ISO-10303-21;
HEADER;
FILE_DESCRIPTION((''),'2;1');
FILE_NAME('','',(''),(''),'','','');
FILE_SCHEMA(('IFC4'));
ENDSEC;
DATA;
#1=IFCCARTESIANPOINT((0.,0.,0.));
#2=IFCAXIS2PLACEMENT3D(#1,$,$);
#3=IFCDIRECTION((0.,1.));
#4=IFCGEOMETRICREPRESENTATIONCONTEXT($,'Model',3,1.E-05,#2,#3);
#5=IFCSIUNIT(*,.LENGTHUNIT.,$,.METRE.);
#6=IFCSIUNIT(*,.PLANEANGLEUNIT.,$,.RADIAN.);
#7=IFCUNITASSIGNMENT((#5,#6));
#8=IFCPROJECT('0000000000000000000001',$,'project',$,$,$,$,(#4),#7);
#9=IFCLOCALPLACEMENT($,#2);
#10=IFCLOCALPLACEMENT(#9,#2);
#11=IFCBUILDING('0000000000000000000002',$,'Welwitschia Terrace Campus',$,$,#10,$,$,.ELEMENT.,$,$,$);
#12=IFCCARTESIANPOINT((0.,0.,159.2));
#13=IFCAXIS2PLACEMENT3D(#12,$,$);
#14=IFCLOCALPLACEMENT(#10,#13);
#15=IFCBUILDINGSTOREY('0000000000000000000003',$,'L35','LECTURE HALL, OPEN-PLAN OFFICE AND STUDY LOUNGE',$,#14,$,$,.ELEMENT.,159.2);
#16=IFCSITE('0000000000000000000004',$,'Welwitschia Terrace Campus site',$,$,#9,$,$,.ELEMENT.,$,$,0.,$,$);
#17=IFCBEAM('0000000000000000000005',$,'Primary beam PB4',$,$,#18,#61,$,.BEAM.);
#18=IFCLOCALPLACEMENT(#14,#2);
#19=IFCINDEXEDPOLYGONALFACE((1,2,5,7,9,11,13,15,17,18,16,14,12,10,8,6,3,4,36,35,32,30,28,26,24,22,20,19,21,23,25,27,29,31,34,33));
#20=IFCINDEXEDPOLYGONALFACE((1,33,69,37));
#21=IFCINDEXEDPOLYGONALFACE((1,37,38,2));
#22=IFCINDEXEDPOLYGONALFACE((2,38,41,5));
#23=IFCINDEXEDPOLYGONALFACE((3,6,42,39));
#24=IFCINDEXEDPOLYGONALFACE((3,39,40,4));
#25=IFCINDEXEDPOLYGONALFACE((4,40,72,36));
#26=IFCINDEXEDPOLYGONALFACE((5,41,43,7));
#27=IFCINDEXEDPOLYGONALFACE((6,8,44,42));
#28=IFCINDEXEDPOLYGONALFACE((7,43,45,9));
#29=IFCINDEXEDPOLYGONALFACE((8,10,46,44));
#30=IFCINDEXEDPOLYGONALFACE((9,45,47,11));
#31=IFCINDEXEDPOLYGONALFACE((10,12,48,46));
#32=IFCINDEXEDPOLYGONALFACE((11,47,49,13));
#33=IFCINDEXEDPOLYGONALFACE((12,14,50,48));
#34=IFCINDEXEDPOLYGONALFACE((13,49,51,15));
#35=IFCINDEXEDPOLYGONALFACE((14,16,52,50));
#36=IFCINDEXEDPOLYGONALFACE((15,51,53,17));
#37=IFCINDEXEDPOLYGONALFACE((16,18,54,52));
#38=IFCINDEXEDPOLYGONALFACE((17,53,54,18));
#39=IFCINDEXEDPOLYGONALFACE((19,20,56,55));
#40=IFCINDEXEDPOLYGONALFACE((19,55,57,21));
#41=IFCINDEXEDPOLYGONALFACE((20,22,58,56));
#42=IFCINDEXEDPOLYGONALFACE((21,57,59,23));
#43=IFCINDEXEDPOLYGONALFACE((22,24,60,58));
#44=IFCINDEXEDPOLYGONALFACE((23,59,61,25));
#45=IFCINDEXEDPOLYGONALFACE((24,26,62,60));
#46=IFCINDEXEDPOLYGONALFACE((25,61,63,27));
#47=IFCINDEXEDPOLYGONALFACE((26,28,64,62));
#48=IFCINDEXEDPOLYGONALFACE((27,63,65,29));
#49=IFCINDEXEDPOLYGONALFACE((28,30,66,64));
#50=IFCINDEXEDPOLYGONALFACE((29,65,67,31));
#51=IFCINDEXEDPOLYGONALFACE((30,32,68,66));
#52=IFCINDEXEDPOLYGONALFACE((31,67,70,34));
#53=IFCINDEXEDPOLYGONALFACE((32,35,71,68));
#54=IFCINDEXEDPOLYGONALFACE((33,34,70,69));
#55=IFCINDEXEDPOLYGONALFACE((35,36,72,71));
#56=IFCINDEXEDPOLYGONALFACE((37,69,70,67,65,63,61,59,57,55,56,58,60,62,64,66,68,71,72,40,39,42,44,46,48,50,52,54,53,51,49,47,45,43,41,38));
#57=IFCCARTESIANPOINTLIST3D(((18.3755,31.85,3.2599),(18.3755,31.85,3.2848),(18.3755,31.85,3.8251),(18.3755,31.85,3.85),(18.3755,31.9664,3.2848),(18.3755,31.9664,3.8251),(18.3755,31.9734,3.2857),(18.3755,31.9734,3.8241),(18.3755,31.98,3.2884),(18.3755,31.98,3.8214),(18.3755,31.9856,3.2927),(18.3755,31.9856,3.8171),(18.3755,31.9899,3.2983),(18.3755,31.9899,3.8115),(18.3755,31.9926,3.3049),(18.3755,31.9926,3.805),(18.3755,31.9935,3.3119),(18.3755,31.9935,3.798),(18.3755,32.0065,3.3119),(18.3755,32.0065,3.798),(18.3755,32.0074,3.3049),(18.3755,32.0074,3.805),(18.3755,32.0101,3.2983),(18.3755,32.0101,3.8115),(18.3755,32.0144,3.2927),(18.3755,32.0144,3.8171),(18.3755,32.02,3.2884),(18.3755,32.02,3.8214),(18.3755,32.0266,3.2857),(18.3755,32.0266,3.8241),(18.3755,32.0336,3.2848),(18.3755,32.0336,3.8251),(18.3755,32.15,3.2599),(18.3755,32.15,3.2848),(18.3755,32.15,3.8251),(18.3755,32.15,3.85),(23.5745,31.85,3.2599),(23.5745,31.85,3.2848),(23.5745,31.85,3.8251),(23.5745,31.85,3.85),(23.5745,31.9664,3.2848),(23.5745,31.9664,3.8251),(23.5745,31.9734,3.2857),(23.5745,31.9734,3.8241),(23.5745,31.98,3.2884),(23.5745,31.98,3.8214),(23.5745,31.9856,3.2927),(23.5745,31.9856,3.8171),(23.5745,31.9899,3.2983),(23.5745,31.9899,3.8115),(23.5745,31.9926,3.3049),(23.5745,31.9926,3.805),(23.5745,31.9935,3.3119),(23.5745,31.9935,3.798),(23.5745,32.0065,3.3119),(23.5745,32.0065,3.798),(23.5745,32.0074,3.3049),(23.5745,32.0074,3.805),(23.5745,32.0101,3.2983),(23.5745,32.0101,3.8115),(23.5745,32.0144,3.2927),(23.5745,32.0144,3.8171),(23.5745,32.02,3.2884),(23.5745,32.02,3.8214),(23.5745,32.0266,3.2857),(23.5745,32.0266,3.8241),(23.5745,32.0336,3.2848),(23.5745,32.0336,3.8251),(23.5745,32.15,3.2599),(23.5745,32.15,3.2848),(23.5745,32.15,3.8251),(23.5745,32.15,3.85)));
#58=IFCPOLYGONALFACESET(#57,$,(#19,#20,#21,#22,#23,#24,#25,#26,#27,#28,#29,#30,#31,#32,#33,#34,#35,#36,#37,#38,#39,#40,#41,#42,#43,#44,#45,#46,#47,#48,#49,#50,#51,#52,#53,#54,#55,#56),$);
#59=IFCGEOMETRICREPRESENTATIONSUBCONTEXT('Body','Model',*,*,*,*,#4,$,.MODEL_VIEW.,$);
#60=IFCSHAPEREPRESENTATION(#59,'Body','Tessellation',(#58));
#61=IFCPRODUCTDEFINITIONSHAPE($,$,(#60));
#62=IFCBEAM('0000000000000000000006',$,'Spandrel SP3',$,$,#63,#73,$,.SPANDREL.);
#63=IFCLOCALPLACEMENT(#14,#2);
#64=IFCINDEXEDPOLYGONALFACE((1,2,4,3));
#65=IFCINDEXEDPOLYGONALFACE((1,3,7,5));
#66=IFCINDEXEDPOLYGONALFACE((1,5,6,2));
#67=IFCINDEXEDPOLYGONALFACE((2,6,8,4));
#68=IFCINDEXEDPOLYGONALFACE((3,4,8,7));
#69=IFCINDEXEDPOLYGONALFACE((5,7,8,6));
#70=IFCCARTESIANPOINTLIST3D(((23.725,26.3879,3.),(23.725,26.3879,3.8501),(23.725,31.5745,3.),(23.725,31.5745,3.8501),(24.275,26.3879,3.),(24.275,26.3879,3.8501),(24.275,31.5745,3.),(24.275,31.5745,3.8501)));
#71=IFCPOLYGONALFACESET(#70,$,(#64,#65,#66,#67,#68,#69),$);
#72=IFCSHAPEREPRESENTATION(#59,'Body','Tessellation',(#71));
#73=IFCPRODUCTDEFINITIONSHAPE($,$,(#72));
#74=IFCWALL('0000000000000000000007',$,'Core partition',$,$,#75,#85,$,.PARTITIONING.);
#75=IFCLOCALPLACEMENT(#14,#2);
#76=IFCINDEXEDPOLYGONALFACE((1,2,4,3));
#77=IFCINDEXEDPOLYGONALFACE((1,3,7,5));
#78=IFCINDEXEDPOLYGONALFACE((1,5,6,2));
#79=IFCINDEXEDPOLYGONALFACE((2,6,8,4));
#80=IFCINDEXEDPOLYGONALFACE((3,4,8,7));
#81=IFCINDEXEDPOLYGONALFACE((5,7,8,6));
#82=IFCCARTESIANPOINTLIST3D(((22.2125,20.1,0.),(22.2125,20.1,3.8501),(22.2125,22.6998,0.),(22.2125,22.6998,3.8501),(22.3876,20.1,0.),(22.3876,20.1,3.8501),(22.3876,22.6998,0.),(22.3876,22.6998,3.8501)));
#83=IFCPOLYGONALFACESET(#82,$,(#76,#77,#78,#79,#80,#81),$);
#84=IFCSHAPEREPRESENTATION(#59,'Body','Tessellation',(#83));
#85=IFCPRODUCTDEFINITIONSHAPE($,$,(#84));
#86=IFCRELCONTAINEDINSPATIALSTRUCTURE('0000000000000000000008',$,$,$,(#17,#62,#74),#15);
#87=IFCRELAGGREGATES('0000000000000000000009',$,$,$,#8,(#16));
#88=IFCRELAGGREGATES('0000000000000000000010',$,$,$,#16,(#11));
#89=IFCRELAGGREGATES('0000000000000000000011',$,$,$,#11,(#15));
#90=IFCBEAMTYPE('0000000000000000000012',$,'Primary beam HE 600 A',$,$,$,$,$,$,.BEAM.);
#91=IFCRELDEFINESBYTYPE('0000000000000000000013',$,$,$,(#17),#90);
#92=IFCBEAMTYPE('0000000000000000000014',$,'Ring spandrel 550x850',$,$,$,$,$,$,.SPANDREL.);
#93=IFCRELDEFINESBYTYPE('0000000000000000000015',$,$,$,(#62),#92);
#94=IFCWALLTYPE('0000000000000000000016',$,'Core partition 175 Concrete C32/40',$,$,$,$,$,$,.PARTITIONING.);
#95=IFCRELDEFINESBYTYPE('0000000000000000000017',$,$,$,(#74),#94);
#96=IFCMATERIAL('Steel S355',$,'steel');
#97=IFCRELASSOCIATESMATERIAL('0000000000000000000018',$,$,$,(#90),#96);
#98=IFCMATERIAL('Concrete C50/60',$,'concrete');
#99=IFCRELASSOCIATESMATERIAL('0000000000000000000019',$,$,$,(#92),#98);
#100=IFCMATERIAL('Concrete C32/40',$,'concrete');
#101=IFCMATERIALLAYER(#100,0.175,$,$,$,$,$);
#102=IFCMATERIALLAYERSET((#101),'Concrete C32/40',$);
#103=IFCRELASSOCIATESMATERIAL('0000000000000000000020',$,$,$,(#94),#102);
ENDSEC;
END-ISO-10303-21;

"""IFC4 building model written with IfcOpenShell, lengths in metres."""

from ifc_helpers import new_model, si_unit, direction, frame, frame_2d, origin, origin_2d, place, context, subcontext, project, spatial, rectangle, i_section, extrude, material, layer, layer_set, material_profile, profile_set, type_object, element, save


model = new_model("IFC4")

# Units and contexts
model_context = context("Model", 3, precision=1e-05, world=origin(), true_north=direction((0.0, 1.0)))
body_context = subcontext(model_context, "Body", "Model", "MODEL_VIEW")
ifc_project = project(units=[si_unit("LENGTHUNIT", "METRE"), si_unit("PLANEANGLEUNIT", "RADIAN")], contexts=[model_context])

# Site, building, storey
site_placement = place(None, origin())
site = spatial("IfcSite", under=ifc_project, at=site_placement, Name="Welwitschia Terrace Campus site", CompositionType="ELEMENT", RefElevation=0.0)
building_placement = place(site_placement, origin())
building = spatial("IfcBuilding", under=site, at=building_placement, Name="Welwitschia Terrace Campus", CompositionType="ELEMENT")
storey_placement = place(building_placement, frame((0.0, 0.0, 159.2)))
storey = spatial("IfcBuildingStorey", under=building, at=storey_placement, Name="L35", Description="LECTURE HALL, OPEN-PLAN OFFICE AND STUDY LOUNGE", CompositionType="ELEMENT", Elevation=159.2)

# Beams
ifc_material_1 = material(Name="Steel S355", Category="steel")
ifc_material_profile_1 = material_profile(ifc_material_1, i_section(OverallWidth=0.3, OverallDepth=0.5901, WebThickness=0.0129, FlangeThickness=0.0249, FilletRadius=0.0271, at=origin_2d()))
ifc_profile_set_1 = profile_set([ifc_material_profile_1], Name="Steel S355")
beam_type_1 = type_object("IfcBeamType", Name="Primary beam HE 600 A", PredefinedType="BEAM", material=ifc_profile_set_1)
beam_1_placement = place(storey_placement, frame((23.5745, 32.0, 3.5549), z_axis=(-1.0, 0.0, 0.0), x_axis=(0.0, -1.0, 0.0)))
element("IfcBeam", 1, at=beam_1_placement, inside=storey, type_object=beam_type_1, Name="Primary beam PB4", PredefinedType="BEAM", context=body_context, shape_type="SweptSolid", body=[
    extrude(i_section(OverallWidth=0.3, OverallDepth=0.5901, WebThickness=0.0129, FlangeThickness=0.0249, FilletRadius=0.0271, at=origin_2d()), origin(), (0.0, 0.0, 1.0), 5.199),
])
ifc_material_2 = material(Name="Concrete C50/60", Category="concrete")
ifc_material_profile_2 = material_profile(ifc_material_2, rectangle(XDim=0.55, YDim=0.8501, at=origin_2d()))
ifc_profile_set_2 = profile_set([ifc_material_profile_2], Name="Concrete C50/60")
beam_type_2 = type_object("IfcBeamType", Name="Ring spandrel 550x850", PredefinedType="SPANDREL", material=ifc_profile_set_2)
beam_2_placement = place(storey_placement, frame((24.0, 26.3879, 3.425), z_axis=(0.0, 1.0, 0.0), x_axis=(-1.0, 0.0, 0.0)))
element("IfcBeam", 2, at=beam_2_placement, inside=storey, type_object=beam_type_2, Name="Spandrel SP3", PredefinedType="SPANDREL", context=body_context, shape_type="SweptSolid", body=[
    extrude(rectangle(XDim=0.55, YDim=0.8501, at=origin_2d()), origin(), (0.0, 0.0, 1.0), 5.1865),
])

# Wall
ifc_material_3 = material(Name="Concrete C32/40", Category="concrete")
ifc_layer_1 = layer(ifc_material_3, 0.175)
ifc_layer_set_1 = layer_set([ifc_layer_1], Name="Concrete C32/40")
wall_type_1 = type_object("IfcWallType", Name="Core partition 175 Concrete C32/40", PredefinedType="PARTITIONING", material=ifc_layer_set_1)
wall_1_placement = place(storey_placement, frame((22.3, 20.1001, 0.0), z_axis=(0.0, 0.0, 1.0), x_axis=(0.0, 1.0, 0.0)))
element("IfcWall", 3, at=wall_1_placement, inside=storey, type_object=wall_type_1, Name="Core partition", PredefinedType="PARTITIONING", context=body_context, shape_type="SweptSolid", body=[
    extrude(rectangle(XDim=2.5999, YDim=0.175, at=frame_2d((1.2998, 0.0))), origin(), (0.0, 0.0, 1.0), 3.8501),
])

save(model, "model.ifc")
